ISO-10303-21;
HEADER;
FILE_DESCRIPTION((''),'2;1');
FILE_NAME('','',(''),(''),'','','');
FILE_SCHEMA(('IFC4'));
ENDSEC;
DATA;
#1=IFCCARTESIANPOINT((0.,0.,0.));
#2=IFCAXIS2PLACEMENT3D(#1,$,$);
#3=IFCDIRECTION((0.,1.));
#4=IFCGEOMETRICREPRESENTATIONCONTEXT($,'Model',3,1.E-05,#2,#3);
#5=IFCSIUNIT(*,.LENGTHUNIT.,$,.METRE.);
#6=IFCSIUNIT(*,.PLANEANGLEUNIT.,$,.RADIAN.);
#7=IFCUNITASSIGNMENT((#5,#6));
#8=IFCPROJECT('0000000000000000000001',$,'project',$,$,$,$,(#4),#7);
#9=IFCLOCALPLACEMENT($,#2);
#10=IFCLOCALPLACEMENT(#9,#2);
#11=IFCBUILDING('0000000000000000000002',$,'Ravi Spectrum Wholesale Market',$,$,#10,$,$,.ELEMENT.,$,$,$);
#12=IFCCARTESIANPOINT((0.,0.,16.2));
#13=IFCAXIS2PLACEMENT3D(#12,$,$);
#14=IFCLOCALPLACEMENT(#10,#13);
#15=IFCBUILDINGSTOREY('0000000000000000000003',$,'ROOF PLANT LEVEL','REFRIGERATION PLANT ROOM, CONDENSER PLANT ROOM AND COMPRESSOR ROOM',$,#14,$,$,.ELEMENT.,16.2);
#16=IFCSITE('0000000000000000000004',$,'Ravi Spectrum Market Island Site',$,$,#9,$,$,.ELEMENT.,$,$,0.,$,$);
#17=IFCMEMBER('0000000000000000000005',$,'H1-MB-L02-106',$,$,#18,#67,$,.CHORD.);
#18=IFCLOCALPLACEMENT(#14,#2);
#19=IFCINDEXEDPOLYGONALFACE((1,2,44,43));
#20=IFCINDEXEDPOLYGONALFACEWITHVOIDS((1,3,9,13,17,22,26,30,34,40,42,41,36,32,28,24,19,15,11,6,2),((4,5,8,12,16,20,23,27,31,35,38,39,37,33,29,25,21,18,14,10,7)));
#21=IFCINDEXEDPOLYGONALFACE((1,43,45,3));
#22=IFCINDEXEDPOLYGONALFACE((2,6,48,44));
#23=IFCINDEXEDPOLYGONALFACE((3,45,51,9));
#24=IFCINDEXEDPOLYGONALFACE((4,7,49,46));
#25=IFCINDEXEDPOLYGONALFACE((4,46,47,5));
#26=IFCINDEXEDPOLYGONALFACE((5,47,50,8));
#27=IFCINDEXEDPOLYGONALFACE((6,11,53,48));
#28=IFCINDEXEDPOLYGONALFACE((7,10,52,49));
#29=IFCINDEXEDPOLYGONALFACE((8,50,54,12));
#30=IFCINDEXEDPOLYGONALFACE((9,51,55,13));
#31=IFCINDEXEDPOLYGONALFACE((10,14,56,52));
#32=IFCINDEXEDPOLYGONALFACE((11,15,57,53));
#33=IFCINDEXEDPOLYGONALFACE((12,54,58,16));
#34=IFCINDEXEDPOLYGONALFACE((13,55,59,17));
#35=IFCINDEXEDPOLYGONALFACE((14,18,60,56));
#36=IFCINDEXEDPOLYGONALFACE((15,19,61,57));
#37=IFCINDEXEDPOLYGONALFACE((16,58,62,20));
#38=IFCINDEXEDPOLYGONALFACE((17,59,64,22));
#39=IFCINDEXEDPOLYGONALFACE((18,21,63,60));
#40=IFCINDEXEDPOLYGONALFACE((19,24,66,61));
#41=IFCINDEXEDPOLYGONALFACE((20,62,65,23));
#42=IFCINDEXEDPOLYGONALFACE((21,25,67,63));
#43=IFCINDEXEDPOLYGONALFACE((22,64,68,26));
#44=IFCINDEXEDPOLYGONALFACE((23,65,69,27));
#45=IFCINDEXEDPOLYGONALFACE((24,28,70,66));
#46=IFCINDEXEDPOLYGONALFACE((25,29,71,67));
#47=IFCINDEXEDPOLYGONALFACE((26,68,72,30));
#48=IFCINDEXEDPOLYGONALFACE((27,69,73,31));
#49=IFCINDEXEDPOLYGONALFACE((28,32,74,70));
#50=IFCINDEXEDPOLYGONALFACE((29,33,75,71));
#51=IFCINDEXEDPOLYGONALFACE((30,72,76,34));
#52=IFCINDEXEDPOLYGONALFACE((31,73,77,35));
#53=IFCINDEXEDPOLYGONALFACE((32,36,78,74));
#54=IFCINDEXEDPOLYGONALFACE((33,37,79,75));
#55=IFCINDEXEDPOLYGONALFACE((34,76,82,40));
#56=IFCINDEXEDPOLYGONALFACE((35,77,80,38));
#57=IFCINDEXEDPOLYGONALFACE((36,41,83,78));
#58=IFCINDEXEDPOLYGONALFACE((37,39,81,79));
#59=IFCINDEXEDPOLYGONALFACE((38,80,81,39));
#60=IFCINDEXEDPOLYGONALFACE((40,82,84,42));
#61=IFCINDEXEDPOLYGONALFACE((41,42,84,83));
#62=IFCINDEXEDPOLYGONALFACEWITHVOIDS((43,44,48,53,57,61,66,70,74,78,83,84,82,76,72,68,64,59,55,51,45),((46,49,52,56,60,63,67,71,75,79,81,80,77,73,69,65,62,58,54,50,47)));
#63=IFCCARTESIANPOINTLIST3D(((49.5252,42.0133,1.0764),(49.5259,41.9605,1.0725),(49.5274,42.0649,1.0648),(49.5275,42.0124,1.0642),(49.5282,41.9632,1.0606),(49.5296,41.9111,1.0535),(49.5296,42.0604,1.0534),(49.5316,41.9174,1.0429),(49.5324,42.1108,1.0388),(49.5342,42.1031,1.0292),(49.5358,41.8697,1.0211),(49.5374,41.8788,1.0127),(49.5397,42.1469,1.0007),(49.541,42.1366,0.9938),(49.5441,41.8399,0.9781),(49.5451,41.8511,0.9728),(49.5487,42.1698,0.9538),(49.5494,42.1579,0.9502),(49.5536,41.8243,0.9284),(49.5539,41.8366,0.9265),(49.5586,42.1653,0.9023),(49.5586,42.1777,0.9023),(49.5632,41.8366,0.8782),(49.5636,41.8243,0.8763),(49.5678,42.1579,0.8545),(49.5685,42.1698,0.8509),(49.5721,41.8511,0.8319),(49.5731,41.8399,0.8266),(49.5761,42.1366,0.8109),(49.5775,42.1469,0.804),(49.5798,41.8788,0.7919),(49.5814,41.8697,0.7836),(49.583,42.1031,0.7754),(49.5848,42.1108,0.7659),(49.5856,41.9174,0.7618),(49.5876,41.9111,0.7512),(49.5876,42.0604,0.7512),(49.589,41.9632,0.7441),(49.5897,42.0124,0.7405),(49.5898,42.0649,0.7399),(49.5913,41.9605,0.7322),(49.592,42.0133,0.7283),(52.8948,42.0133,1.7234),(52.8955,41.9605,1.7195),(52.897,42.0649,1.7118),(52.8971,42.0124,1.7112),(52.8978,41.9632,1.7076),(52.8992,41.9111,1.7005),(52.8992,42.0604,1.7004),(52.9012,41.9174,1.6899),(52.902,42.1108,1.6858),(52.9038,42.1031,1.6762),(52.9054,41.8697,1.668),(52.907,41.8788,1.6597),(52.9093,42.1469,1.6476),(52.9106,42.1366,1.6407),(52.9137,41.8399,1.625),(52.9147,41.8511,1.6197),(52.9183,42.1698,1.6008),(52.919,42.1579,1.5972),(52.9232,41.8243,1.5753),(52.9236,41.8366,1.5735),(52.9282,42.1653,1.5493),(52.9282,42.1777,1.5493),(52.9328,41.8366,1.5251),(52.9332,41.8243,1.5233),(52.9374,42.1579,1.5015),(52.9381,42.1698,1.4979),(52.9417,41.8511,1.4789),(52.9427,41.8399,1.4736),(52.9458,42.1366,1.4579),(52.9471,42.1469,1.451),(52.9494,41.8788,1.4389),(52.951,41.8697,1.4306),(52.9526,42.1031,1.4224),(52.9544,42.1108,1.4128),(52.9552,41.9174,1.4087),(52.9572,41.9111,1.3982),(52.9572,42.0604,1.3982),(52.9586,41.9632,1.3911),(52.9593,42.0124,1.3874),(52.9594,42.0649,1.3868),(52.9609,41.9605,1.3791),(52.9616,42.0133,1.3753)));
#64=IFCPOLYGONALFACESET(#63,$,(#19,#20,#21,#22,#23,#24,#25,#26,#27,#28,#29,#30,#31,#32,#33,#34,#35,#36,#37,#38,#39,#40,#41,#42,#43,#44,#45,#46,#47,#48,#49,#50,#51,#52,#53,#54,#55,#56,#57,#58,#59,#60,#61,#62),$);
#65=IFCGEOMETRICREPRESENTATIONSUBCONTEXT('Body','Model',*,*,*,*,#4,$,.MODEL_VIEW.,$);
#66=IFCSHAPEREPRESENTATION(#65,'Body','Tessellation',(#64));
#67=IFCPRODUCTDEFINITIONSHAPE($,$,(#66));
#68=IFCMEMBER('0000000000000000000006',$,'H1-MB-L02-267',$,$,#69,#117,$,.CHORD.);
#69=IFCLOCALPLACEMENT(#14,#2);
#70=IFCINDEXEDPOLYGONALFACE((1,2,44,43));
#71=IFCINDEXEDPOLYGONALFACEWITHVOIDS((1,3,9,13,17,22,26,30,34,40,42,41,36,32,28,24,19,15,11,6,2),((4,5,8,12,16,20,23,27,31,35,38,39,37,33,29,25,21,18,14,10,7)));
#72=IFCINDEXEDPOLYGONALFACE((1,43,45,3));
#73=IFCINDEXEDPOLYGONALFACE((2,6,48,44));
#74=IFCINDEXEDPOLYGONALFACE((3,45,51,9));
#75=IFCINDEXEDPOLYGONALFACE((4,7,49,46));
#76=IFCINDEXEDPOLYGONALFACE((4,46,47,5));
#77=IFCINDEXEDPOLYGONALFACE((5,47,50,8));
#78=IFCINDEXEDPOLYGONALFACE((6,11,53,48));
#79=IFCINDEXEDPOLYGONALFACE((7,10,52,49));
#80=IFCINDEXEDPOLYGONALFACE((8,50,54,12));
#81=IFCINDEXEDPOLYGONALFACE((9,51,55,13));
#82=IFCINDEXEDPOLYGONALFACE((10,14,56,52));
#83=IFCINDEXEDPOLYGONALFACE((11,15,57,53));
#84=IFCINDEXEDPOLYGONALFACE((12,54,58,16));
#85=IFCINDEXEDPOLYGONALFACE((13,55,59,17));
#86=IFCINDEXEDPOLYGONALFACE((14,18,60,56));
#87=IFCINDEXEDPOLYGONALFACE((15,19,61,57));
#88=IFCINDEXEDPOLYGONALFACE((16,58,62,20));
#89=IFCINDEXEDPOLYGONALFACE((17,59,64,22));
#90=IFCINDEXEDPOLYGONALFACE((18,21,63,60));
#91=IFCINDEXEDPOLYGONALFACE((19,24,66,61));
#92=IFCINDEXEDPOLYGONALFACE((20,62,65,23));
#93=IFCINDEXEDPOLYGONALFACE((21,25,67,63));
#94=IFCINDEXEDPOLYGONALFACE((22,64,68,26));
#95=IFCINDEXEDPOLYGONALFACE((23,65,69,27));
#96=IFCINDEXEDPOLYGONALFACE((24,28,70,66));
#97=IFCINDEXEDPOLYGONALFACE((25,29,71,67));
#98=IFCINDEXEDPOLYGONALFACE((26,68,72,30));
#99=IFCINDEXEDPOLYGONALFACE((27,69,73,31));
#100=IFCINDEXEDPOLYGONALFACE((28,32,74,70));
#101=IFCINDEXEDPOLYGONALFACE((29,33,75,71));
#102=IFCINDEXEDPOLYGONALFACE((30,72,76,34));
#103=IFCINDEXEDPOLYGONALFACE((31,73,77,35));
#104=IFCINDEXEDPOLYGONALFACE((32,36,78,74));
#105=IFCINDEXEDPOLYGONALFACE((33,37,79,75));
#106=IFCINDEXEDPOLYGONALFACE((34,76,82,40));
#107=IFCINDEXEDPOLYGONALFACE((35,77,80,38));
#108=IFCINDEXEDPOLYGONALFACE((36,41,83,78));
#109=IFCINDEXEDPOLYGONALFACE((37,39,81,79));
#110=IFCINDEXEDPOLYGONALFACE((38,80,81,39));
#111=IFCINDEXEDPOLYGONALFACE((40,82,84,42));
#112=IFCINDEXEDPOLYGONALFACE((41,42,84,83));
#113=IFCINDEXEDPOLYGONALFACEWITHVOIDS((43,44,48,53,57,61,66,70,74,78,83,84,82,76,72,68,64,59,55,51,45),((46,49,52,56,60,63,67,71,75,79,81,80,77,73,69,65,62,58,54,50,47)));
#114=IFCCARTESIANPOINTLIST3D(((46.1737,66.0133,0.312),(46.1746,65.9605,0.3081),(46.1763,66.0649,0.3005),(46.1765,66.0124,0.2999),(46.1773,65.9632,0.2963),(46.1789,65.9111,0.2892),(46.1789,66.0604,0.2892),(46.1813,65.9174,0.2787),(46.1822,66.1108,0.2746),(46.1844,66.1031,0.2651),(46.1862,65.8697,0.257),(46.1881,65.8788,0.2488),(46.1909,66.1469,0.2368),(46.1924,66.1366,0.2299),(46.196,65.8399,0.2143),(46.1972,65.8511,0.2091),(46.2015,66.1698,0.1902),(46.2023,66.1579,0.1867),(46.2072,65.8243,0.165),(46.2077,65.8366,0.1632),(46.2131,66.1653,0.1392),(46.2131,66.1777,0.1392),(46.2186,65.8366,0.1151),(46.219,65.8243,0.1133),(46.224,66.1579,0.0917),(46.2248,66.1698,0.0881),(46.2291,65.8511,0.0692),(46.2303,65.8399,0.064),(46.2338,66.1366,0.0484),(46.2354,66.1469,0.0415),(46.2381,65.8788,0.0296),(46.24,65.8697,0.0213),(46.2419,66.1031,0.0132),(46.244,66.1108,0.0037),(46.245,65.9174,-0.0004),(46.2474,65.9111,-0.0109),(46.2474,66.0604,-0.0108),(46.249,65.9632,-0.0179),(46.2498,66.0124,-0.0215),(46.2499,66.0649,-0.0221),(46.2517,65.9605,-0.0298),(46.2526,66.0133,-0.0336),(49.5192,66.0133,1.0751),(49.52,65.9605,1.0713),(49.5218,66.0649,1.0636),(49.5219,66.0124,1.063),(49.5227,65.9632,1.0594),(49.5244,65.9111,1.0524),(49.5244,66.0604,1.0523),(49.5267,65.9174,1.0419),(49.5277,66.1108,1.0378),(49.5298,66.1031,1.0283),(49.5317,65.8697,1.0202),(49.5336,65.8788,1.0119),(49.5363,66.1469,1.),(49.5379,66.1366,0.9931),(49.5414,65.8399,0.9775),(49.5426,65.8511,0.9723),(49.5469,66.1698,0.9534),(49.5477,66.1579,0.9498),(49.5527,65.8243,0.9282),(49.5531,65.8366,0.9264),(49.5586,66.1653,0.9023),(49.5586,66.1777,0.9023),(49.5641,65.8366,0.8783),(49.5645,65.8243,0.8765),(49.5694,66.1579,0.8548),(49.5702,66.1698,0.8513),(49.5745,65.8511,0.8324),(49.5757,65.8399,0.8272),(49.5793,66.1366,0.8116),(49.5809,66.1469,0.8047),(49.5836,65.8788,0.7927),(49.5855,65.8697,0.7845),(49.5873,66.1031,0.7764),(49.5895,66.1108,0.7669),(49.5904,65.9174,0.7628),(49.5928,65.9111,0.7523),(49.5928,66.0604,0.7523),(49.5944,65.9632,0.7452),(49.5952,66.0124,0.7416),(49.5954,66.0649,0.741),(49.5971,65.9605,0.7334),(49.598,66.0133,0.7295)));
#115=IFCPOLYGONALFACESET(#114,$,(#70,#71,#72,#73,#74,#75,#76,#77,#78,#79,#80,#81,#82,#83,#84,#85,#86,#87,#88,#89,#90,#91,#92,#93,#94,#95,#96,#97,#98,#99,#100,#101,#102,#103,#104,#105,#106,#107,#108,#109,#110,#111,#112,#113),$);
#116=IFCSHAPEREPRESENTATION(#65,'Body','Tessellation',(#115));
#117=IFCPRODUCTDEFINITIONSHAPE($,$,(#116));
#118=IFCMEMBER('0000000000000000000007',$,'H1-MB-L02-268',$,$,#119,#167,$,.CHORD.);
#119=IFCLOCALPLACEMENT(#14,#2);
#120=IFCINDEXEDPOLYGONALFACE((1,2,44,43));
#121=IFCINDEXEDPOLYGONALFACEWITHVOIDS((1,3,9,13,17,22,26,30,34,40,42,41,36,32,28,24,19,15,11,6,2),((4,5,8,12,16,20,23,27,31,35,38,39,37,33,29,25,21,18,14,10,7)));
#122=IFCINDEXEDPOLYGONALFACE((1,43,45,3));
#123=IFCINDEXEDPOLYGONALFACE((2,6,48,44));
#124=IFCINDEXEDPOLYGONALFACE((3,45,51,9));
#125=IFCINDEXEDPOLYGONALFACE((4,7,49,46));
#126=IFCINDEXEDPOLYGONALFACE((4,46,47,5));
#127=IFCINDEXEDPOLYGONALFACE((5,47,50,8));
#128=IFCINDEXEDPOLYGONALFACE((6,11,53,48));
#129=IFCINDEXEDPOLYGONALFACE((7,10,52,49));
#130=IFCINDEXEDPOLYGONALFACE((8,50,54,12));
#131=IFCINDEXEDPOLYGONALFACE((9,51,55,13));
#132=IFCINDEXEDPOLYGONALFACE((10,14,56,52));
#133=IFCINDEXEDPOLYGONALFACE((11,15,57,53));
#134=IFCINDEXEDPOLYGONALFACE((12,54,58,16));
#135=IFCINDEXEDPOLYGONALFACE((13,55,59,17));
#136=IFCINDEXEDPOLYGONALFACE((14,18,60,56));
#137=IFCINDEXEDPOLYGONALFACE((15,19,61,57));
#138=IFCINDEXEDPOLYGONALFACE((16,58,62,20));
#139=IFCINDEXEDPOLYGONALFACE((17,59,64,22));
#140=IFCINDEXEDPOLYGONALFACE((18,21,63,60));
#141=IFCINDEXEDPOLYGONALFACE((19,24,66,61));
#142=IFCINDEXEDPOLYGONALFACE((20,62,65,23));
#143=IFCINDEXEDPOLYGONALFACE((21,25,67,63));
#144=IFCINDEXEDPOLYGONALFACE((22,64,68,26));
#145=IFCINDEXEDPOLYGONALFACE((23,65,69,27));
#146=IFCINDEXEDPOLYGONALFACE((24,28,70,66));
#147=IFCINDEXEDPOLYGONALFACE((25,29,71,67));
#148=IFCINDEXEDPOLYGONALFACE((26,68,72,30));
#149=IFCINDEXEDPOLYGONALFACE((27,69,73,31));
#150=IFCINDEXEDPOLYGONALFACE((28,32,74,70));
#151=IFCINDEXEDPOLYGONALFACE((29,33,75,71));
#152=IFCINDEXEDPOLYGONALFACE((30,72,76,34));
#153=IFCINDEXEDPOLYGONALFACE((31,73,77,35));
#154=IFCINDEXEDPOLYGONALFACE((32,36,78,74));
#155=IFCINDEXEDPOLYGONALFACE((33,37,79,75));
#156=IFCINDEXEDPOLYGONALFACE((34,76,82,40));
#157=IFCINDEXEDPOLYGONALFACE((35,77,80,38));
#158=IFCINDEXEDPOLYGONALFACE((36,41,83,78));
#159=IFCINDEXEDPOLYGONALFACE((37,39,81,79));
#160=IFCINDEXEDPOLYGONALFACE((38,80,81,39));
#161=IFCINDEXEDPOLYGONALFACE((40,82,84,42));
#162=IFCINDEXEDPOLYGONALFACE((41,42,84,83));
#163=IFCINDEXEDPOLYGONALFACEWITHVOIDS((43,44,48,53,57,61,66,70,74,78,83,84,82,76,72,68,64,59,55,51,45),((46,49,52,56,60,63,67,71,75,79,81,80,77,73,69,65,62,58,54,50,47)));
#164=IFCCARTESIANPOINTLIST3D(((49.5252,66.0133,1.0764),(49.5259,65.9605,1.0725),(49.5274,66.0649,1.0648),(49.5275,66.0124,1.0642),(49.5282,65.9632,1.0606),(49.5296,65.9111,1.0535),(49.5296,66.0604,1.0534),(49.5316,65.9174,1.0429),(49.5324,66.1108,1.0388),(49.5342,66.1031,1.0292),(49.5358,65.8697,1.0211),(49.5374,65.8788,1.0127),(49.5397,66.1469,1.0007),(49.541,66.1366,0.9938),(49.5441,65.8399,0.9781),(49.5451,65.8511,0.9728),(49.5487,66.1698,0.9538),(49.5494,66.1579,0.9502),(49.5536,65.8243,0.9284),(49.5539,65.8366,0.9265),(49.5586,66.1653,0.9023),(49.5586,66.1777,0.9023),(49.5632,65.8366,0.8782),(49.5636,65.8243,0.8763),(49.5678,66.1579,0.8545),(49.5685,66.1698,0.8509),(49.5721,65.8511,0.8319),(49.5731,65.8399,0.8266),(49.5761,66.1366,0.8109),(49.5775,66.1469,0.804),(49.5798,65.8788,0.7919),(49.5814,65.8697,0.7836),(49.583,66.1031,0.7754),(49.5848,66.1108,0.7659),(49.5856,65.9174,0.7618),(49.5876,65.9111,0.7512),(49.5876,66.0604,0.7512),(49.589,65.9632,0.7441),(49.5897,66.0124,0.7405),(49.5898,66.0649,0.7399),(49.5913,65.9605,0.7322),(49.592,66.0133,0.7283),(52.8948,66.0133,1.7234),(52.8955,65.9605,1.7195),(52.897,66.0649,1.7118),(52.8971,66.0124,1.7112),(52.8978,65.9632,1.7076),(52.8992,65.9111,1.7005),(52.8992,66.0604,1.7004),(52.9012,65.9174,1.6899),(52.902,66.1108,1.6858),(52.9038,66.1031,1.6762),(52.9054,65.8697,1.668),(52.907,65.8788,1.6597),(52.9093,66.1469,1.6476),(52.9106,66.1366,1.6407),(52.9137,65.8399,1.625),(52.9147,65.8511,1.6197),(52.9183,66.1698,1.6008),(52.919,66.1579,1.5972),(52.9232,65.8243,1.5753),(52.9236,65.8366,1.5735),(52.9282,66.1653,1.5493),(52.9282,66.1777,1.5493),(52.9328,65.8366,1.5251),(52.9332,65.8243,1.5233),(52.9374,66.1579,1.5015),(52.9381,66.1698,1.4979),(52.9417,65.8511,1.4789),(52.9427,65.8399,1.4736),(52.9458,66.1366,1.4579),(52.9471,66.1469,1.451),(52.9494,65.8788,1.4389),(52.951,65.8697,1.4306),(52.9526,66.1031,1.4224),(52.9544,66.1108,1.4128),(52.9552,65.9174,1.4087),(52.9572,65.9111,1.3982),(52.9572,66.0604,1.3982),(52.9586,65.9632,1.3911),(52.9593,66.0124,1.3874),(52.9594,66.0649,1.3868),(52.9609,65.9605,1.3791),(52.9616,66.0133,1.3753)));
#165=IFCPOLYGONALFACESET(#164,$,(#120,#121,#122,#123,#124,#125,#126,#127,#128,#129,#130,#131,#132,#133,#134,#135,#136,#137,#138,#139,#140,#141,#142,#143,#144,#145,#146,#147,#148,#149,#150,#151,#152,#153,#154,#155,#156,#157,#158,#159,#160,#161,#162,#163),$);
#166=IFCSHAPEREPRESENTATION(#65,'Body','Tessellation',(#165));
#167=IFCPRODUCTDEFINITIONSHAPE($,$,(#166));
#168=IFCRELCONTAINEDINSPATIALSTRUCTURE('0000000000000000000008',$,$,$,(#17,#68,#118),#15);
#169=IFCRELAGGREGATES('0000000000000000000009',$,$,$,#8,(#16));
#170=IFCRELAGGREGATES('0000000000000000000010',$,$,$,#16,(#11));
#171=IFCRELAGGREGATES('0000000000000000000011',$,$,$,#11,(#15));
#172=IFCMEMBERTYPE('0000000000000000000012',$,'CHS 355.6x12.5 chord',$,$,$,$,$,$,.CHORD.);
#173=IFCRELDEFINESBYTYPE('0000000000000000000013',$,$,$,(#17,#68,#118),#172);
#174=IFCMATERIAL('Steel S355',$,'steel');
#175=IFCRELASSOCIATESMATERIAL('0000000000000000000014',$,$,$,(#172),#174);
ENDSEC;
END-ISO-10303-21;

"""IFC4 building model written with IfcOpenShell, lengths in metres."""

from ifc_helpers import new_model, si_unit, direction, frame, origin, origin_2d, place, context, subcontext, project, spatial, hollow_circle, extrude, material, material_profile, profile_set, type_object, element, save


model = new_model("IFC4")

# Units and contexts
model_context = context("Model", 3, precision=1e-05, world=origin(), true_north=direction((0.0, 1.0)))
body_context = subcontext(model_context, "Body", "Model", "MODEL_VIEW")
ifc_project = project(units=[si_unit("LENGTHUNIT", "METRE"), si_unit("PLANEANGLEUNIT", "RADIAN")], contexts=[model_context])

# Site, building, storey
site_placement = place(None, origin())
site = spatial("IfcSite", under=ifc_project, at=site_placement, Name="Ravi Spectrum Market Island Site", CompositionType="ELEMENT", RefElevation=0.0)
building_placement = place(site_placement, origin())
building = spatial("IfcBuilding", under=site, at=building_placement, Name="Ravi Spectrum Wholesale Market", CompositionType="ELEMENT")
storey_placement = place(building_placement, frame((0.0, 0.0, 16.2)))
storey = spatial("IfcBuildingStorey", under=building, at=storey_placement, Name="ROOF PLANT LEVEL", Description="REFRIGERATION PLANT ROOM, CONDENSER PLANT ROOM AND COMPRESSOR ROOM", CompositionType="ELEMENT", Elevation=16.2)

# Members
ifc_material_1 = material(Name="Steel S355", Category="steel")
ifc_material_profile_1 = material_profile(ifc_material_1, hollow_circle(Radius=0.1777, WallThickness=0.0125, at=origin_2d()))
ifc_profile_set_1 = profile_set([ifc_material_profile_1], Name="Steel S355")
member_type_1 = type_object("IfcMemberType", Name="CHS 355.6x12.5 chord", PredefinedType="CHORD", material=ifc_profile_set_1)
member_1_placement = place(storey_placement, frame((49.5586, 42.0, 0.9023), z_axis=(0.982062, 0.0, 0.188557), x_axis=(0.0, 1.0, 0.0)))
element("IfcMember", 1, at=member_1_placement, inside=storey, type_object=member_type_1, Name="H1-MB-L02-106", PredefinedType="CHORD", context=body_context, shape_type="SweptSolid", body=[
    extrude(hollow_circle(Radius=0.1777, WallThickness=0.0125, at=origin_2d()), origin(), (0.0, 0.0, 1.0), 3.4312),
])
member_2_placement = place(storey_placement, frame((46.2131, 66.0, 0.1392), z_axis=(0.974953, 0.0, 0.222411), x_axis=(0.0, 1.0, 0.0)))
element("IfcMember", 2, at=member_2_placement, inside=storey, type_object=member_type_1, Name="H1-MB-L02-267", PredefinedType="CHORD", context=body_context, shape_type="SweptSolid", body=[
    extrude(hollow_circle(Radius=0.1777, WallThickness=0.0125, at=origin_2d()), origin(), (0.0, 0.0, 1.0), 3.4314),
])
member_3_placement = place(storey_placement, frame((49.5586, 66.0, 0.9023), z_axis=(0.982062, 0.0, 0.188557), x_axis=(0.0, 1.0, 0.0)))
element("IfcMember", 3, at=member_3_placement, inside=storey, type_object=member_type_1, Name="H1-MB-L02-268", PredefinedType="CHORD", context=body_context, shape_type="SweptSolid", body=[
    extrude(hollow_circle(Radius=0.1777, WallThickness=0.0125, at=origin_2d()), origin(), (0.0, 0.0, 1.0), 3.4312),
])

save(model, "model.ifc")
